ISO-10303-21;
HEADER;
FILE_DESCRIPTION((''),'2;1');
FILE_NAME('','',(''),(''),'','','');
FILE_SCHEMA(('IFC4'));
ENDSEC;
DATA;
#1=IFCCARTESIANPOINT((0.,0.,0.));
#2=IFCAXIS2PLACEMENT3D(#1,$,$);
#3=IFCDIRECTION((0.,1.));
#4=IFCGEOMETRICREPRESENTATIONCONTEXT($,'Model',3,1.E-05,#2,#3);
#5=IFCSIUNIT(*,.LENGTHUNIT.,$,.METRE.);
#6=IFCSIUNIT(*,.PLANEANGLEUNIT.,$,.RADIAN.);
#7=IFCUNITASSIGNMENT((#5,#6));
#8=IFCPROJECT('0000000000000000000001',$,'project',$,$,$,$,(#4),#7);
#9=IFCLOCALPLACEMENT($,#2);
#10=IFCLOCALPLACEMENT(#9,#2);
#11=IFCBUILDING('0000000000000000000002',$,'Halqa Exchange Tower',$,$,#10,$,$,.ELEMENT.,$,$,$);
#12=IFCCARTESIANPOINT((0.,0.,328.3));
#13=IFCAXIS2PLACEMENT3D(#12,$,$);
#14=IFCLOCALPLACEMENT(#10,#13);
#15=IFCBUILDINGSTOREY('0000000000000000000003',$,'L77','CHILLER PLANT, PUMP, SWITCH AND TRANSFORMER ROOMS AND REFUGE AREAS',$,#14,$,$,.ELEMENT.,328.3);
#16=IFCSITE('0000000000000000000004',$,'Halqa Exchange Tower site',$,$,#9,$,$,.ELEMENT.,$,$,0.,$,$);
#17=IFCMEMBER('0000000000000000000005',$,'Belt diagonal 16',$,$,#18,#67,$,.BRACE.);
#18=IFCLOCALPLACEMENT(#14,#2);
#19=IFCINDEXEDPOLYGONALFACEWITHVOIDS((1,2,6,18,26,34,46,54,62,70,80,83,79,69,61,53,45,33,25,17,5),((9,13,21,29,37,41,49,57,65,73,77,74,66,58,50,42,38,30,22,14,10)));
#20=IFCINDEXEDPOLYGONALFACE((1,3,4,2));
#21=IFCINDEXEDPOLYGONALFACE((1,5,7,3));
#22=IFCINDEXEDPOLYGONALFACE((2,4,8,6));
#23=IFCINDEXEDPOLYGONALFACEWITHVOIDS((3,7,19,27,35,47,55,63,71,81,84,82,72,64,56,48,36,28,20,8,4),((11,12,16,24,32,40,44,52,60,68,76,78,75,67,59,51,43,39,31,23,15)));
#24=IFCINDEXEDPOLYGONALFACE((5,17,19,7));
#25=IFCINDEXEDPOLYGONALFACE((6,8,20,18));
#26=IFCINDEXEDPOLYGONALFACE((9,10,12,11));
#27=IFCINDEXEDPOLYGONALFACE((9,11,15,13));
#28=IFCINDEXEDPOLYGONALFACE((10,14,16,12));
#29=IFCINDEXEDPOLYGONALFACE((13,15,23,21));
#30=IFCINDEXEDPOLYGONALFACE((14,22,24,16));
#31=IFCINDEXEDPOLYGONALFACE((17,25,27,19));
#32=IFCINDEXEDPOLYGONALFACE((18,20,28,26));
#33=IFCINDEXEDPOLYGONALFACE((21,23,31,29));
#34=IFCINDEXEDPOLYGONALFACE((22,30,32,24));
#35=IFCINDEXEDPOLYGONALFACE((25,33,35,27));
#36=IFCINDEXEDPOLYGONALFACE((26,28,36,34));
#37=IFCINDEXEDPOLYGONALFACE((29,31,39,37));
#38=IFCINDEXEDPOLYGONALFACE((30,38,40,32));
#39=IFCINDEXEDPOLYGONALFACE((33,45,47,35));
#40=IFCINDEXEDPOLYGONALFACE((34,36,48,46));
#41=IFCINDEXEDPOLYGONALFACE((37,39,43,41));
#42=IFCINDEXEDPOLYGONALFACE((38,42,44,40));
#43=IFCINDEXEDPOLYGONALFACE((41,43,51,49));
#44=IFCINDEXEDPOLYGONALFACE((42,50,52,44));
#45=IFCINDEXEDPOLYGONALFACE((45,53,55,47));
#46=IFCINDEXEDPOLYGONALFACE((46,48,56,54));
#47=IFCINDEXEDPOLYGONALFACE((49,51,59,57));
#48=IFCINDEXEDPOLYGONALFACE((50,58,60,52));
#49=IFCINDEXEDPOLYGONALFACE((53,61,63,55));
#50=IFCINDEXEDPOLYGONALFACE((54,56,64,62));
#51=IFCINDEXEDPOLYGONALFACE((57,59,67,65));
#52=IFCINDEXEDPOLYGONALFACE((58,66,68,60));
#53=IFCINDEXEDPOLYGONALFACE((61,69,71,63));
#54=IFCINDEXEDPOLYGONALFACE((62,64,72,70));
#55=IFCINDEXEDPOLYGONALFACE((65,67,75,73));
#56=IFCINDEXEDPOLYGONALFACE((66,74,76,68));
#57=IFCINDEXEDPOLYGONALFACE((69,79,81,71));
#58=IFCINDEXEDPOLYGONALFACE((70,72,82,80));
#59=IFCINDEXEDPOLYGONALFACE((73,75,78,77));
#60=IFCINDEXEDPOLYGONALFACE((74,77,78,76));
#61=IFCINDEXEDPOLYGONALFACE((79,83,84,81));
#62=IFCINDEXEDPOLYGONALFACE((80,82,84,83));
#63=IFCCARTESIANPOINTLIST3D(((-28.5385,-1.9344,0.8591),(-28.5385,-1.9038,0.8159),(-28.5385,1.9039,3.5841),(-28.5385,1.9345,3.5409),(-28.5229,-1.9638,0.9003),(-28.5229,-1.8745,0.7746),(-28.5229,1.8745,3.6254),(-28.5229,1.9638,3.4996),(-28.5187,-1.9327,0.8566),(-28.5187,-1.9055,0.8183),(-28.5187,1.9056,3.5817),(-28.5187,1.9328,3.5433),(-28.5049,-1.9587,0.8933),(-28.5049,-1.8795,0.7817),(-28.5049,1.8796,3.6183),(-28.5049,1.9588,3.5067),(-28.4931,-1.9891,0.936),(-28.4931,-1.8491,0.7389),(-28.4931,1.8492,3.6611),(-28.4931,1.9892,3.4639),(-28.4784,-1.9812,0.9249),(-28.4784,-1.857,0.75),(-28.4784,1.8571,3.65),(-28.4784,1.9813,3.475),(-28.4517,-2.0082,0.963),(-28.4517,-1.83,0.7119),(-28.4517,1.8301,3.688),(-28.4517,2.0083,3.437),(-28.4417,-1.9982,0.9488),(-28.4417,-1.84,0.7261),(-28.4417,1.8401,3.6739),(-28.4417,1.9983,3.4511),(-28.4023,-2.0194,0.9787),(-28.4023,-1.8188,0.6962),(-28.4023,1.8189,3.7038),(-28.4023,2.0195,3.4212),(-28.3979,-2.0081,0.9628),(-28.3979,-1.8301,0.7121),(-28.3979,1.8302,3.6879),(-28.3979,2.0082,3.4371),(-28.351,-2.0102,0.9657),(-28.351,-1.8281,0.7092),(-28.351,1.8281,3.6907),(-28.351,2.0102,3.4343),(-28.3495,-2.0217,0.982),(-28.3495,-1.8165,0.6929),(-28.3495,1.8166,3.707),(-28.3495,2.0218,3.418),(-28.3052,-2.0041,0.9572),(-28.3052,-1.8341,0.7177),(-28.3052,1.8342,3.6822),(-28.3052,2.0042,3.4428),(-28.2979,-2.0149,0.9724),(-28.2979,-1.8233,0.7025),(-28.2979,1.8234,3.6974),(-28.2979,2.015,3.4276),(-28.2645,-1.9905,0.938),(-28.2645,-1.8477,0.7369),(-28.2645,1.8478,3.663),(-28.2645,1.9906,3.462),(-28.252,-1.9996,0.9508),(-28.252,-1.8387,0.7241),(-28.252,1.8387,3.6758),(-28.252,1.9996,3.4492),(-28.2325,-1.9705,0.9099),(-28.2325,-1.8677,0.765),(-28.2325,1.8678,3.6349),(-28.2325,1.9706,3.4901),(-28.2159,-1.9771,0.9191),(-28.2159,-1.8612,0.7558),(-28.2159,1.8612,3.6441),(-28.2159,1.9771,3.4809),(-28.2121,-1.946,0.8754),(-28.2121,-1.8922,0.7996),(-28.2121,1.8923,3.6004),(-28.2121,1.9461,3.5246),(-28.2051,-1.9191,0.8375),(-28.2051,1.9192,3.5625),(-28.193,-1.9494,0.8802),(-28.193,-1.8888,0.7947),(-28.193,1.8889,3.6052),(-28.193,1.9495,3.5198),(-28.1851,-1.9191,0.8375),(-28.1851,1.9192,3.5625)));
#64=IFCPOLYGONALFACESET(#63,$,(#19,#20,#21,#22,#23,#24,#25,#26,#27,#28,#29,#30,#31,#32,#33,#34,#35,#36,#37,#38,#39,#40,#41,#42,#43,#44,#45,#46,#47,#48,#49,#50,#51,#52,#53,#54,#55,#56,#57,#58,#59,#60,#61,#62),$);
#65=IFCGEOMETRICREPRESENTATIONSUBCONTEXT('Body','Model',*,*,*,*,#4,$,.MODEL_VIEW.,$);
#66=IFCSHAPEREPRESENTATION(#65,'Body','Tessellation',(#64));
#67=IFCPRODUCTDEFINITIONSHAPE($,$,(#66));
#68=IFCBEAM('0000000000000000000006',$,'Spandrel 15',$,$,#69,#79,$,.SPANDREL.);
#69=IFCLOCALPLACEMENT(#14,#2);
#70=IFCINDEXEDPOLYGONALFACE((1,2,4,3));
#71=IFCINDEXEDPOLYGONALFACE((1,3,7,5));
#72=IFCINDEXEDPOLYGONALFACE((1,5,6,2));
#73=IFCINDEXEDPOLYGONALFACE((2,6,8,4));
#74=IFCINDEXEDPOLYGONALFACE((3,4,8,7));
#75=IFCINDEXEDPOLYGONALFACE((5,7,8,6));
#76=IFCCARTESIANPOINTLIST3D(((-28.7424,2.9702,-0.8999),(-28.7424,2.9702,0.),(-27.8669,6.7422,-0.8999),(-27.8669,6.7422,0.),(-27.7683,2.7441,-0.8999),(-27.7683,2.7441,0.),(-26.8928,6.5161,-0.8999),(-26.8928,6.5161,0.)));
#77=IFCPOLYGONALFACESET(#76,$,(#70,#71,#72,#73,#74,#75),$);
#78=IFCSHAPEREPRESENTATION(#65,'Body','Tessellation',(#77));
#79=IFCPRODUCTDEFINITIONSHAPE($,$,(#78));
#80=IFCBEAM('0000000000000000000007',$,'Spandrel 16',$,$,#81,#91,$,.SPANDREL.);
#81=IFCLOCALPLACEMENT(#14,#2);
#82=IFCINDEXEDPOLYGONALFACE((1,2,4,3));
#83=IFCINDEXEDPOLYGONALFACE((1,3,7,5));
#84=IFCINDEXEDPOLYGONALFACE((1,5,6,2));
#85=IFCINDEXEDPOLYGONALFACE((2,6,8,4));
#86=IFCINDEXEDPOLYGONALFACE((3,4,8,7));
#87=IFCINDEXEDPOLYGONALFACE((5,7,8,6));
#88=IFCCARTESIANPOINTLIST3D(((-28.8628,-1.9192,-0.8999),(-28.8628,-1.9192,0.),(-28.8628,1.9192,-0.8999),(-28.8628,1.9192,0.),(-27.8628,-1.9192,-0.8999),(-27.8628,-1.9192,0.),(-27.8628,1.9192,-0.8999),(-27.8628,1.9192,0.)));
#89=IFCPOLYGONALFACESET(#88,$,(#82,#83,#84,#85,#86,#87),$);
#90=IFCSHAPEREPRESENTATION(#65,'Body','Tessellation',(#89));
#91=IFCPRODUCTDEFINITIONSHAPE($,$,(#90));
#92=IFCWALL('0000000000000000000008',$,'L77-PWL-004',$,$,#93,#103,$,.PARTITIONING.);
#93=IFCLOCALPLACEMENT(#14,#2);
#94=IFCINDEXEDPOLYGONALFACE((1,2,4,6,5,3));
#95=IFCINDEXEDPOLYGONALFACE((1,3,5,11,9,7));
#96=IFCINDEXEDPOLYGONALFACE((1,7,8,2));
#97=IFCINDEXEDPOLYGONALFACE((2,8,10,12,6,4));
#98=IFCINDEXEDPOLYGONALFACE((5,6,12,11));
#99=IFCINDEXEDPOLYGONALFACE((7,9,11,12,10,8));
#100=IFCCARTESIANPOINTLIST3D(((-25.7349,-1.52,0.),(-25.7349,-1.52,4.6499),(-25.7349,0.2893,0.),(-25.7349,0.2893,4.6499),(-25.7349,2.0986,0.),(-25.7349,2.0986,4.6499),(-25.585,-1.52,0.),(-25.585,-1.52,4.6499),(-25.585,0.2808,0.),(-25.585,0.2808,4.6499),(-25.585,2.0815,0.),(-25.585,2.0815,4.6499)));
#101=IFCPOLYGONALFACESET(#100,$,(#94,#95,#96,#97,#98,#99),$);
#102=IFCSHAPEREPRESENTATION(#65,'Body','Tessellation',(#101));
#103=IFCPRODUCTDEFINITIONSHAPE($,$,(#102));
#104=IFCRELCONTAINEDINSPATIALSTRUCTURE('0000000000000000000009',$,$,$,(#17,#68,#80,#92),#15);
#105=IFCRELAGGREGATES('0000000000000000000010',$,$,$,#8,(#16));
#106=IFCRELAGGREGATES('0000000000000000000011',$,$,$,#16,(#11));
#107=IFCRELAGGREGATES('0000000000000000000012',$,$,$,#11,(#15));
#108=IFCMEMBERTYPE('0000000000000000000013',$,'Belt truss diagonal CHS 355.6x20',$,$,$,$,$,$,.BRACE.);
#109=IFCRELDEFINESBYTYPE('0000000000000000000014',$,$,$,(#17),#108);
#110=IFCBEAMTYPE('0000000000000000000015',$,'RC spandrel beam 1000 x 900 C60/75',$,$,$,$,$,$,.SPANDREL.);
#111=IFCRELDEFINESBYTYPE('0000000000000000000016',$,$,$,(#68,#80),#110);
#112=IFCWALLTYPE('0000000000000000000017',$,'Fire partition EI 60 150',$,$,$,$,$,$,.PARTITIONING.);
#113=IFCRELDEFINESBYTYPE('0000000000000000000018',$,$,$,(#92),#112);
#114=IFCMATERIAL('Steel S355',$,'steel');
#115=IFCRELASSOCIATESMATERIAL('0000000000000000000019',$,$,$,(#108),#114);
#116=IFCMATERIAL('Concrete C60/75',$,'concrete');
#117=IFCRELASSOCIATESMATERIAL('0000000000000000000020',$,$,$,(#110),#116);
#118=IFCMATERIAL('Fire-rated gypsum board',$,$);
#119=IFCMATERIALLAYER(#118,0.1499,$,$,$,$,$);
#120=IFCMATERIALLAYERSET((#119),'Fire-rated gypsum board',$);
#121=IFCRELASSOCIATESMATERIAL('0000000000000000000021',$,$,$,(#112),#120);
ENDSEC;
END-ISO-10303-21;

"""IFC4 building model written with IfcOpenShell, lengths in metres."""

from ifc_helpers import new_model, si_unit, direction, frame, origin, origin_2d, place, context, subcontext, project, spatial, polyline, rectangle, hollow_circle, outline, extrude, material, layer, layer_set, material_profile, profile_set, type_object, element, save


model = new_model("IFC4")

# Units and contexts
model_context = context("Model", 3, precision=1e-05, world=origin(), true_north=direction((0.0, 1.0)))
body_context = subcontext(model_context, "Body", "Model", "MODEL_VIEW")
ifc_project = project(units=[si_unit("LENGTHUNIT", "METRE"), si_unit("PLANEANGLEUNIT", "RADIAN")], contexts=[model_context])

# Site, building, storey
site_placement = place(None, origin())
site = spatial("IfcSite", under=ifc_project, at=site_placement, Name="Halqa Exchange Tower site", CompositionType="ELEMENT", RefElevation=0.0)
building_placement = place(site_placement, origin())
building = spatial("IfcBuilding", under=site, at=building_placement, Name="Halqa Exchange Tower", CompositionType="ELEMENT")
storey_placement = place(building_placement, frame((0.0, 0.0, 328.3)))
storey = spatial("IfcBuildingStorey", under=building, at=storey_placement, Name="L77", Description="CHILLER PLANT, PUMP, SWITCH AND TRANSFORMER ROOMS AND REFUGE AREAS", CompositionType="ELEMENT", Elevation=328.3)

# Member
ifc_material_1 = material(Name="Steel S355", Category="steel")
ifc_material_profile_1 = material_profile(ifc_material_1, hollow_circle(Radius=0.1777, WallThickness=0.02, at=origin_2d()), Name="CHS 355.6x20")
ifc_profile_set_1 = profile_set([ifc_material_profile_1], Name="Steel S355")
member_type_1 = type_object("IfcMemberType", Name="Belt truss diagonal CHS 355.6x20", PredefinedType="BRACE", material=ifc_profile_set_1)
member_1_placement = place(storey_placement, frame((-28.3628, 1.9192, 3.5625), z_axis=(0.0, -0.815398, -0.578901), x_axis=(1.0, 0.0, 0.0)))
element("IfcMember", 1, at=member_1_placement, inside=storey, type_object=member_type_1, Name="Belt diagonal 16", PredefinedType="BRACE", context=body_context, shape_type="SweptSolid", body=[
    extrude(hollow_circle(Radius=0.1777, WallThickness=0.02, at=origin_2d()), origin(), (0.0, 0.0, 1.0), 4.7073),
])

# Beams
ifc_material_2 = material(Name="Concrete C60/75", Category="concrete")
ifc_material_profile_2 = material_profile(ifc_material_2, rectangle(XDim=1.0, YDim=0.8999, at=origin_2d()), Name="1000 x 900")
ifc_profile_set_2 = profile_set([ifc_material_profile_2], Name="Concrete C60/75")
beam_type = type_object("IfcBeamType", Name="RC spandrel beam 1000 x 900 C60/75", PredefinedType="SPANDREL", material=ifc_profile_set_2)
beam_1_placement = place(storey_placement, frame((-27.3799, 6.6292, -0.45), z_axis=(-0.226093, -0.974106, 0.0), x_axis=(0.974106, -0.226093, 0.0)))
element("IfcBeam", 2, at=beam_1_placement, inside=storey, type_object=beam_type, Name="Spandrel 15", PredefinedType="SPANDREL", context=body_context, shape_type="SweptSolid", body=[
    extrude(rectangle(XDim=1.0, YDim=0.8999, at=origin_2d()), origin(), (0.0, 0.0, 1.0), 3.8723),
])
beam_2_placement = place(storey_placement, frame((-28.3628, 1.9192, -0.45), z_axis=(0.0, -1.0, 0.0), x_axis=(1.0, 0.0, 0.0)))
element("IfcBeam", 3, at=beam_2_placement, inside=storey, type_object=beam_type, Name="Spandrel 16", PredefinedType="SPANDREL", context=body_context, shape_type="SweptSolid", body=[
    extrude(rectangle(XDim=1.0, YDim=0.8999, at=origin_2d()), origin(), (0.0, 0.0, 1.0), 3.8384),
])

# Wall
ifc_material_3 = material(Name="Fire-rated gypsum board")
ifc_layer_1 = layer(ifc_material_3, 0.1499)
ifc_layer_set_1 = layer_set([ifc_layer_1], Name="Fire-rated gypsum board")
wall_type = type_object("IfcWallType", Name="Fire partition EI 60 150", PredefinedType="PARTITIONING", material=ifc_layer_set_1)
wall_placement = place(storey_placement, frame((-25.6599, 2.0986, 0.0), z_axis=(0.0, 0.0, 1.0), x_axis=(0.0, -1.0, 0.0)))
element("IfcWall", 4, at=wall_placement, inside=storey, type_object=wall_type, Name="L77-PWL-004", PredefinedType="PARTITIONING", context=body_context, shape_type="SweptSolid", body=[
    extrude(outline(polyline([(3.6187, 0.075), (1.8179, 0.075), (0.0171, 0.075), (0.0, -0.075), (1.8093, -0.075), (3.6187, -0.075), (3.6187, 0.075)])), origin(), (0.0, 0.0, 1.0), 4.6499),
])

save(model, "model.ifc")
